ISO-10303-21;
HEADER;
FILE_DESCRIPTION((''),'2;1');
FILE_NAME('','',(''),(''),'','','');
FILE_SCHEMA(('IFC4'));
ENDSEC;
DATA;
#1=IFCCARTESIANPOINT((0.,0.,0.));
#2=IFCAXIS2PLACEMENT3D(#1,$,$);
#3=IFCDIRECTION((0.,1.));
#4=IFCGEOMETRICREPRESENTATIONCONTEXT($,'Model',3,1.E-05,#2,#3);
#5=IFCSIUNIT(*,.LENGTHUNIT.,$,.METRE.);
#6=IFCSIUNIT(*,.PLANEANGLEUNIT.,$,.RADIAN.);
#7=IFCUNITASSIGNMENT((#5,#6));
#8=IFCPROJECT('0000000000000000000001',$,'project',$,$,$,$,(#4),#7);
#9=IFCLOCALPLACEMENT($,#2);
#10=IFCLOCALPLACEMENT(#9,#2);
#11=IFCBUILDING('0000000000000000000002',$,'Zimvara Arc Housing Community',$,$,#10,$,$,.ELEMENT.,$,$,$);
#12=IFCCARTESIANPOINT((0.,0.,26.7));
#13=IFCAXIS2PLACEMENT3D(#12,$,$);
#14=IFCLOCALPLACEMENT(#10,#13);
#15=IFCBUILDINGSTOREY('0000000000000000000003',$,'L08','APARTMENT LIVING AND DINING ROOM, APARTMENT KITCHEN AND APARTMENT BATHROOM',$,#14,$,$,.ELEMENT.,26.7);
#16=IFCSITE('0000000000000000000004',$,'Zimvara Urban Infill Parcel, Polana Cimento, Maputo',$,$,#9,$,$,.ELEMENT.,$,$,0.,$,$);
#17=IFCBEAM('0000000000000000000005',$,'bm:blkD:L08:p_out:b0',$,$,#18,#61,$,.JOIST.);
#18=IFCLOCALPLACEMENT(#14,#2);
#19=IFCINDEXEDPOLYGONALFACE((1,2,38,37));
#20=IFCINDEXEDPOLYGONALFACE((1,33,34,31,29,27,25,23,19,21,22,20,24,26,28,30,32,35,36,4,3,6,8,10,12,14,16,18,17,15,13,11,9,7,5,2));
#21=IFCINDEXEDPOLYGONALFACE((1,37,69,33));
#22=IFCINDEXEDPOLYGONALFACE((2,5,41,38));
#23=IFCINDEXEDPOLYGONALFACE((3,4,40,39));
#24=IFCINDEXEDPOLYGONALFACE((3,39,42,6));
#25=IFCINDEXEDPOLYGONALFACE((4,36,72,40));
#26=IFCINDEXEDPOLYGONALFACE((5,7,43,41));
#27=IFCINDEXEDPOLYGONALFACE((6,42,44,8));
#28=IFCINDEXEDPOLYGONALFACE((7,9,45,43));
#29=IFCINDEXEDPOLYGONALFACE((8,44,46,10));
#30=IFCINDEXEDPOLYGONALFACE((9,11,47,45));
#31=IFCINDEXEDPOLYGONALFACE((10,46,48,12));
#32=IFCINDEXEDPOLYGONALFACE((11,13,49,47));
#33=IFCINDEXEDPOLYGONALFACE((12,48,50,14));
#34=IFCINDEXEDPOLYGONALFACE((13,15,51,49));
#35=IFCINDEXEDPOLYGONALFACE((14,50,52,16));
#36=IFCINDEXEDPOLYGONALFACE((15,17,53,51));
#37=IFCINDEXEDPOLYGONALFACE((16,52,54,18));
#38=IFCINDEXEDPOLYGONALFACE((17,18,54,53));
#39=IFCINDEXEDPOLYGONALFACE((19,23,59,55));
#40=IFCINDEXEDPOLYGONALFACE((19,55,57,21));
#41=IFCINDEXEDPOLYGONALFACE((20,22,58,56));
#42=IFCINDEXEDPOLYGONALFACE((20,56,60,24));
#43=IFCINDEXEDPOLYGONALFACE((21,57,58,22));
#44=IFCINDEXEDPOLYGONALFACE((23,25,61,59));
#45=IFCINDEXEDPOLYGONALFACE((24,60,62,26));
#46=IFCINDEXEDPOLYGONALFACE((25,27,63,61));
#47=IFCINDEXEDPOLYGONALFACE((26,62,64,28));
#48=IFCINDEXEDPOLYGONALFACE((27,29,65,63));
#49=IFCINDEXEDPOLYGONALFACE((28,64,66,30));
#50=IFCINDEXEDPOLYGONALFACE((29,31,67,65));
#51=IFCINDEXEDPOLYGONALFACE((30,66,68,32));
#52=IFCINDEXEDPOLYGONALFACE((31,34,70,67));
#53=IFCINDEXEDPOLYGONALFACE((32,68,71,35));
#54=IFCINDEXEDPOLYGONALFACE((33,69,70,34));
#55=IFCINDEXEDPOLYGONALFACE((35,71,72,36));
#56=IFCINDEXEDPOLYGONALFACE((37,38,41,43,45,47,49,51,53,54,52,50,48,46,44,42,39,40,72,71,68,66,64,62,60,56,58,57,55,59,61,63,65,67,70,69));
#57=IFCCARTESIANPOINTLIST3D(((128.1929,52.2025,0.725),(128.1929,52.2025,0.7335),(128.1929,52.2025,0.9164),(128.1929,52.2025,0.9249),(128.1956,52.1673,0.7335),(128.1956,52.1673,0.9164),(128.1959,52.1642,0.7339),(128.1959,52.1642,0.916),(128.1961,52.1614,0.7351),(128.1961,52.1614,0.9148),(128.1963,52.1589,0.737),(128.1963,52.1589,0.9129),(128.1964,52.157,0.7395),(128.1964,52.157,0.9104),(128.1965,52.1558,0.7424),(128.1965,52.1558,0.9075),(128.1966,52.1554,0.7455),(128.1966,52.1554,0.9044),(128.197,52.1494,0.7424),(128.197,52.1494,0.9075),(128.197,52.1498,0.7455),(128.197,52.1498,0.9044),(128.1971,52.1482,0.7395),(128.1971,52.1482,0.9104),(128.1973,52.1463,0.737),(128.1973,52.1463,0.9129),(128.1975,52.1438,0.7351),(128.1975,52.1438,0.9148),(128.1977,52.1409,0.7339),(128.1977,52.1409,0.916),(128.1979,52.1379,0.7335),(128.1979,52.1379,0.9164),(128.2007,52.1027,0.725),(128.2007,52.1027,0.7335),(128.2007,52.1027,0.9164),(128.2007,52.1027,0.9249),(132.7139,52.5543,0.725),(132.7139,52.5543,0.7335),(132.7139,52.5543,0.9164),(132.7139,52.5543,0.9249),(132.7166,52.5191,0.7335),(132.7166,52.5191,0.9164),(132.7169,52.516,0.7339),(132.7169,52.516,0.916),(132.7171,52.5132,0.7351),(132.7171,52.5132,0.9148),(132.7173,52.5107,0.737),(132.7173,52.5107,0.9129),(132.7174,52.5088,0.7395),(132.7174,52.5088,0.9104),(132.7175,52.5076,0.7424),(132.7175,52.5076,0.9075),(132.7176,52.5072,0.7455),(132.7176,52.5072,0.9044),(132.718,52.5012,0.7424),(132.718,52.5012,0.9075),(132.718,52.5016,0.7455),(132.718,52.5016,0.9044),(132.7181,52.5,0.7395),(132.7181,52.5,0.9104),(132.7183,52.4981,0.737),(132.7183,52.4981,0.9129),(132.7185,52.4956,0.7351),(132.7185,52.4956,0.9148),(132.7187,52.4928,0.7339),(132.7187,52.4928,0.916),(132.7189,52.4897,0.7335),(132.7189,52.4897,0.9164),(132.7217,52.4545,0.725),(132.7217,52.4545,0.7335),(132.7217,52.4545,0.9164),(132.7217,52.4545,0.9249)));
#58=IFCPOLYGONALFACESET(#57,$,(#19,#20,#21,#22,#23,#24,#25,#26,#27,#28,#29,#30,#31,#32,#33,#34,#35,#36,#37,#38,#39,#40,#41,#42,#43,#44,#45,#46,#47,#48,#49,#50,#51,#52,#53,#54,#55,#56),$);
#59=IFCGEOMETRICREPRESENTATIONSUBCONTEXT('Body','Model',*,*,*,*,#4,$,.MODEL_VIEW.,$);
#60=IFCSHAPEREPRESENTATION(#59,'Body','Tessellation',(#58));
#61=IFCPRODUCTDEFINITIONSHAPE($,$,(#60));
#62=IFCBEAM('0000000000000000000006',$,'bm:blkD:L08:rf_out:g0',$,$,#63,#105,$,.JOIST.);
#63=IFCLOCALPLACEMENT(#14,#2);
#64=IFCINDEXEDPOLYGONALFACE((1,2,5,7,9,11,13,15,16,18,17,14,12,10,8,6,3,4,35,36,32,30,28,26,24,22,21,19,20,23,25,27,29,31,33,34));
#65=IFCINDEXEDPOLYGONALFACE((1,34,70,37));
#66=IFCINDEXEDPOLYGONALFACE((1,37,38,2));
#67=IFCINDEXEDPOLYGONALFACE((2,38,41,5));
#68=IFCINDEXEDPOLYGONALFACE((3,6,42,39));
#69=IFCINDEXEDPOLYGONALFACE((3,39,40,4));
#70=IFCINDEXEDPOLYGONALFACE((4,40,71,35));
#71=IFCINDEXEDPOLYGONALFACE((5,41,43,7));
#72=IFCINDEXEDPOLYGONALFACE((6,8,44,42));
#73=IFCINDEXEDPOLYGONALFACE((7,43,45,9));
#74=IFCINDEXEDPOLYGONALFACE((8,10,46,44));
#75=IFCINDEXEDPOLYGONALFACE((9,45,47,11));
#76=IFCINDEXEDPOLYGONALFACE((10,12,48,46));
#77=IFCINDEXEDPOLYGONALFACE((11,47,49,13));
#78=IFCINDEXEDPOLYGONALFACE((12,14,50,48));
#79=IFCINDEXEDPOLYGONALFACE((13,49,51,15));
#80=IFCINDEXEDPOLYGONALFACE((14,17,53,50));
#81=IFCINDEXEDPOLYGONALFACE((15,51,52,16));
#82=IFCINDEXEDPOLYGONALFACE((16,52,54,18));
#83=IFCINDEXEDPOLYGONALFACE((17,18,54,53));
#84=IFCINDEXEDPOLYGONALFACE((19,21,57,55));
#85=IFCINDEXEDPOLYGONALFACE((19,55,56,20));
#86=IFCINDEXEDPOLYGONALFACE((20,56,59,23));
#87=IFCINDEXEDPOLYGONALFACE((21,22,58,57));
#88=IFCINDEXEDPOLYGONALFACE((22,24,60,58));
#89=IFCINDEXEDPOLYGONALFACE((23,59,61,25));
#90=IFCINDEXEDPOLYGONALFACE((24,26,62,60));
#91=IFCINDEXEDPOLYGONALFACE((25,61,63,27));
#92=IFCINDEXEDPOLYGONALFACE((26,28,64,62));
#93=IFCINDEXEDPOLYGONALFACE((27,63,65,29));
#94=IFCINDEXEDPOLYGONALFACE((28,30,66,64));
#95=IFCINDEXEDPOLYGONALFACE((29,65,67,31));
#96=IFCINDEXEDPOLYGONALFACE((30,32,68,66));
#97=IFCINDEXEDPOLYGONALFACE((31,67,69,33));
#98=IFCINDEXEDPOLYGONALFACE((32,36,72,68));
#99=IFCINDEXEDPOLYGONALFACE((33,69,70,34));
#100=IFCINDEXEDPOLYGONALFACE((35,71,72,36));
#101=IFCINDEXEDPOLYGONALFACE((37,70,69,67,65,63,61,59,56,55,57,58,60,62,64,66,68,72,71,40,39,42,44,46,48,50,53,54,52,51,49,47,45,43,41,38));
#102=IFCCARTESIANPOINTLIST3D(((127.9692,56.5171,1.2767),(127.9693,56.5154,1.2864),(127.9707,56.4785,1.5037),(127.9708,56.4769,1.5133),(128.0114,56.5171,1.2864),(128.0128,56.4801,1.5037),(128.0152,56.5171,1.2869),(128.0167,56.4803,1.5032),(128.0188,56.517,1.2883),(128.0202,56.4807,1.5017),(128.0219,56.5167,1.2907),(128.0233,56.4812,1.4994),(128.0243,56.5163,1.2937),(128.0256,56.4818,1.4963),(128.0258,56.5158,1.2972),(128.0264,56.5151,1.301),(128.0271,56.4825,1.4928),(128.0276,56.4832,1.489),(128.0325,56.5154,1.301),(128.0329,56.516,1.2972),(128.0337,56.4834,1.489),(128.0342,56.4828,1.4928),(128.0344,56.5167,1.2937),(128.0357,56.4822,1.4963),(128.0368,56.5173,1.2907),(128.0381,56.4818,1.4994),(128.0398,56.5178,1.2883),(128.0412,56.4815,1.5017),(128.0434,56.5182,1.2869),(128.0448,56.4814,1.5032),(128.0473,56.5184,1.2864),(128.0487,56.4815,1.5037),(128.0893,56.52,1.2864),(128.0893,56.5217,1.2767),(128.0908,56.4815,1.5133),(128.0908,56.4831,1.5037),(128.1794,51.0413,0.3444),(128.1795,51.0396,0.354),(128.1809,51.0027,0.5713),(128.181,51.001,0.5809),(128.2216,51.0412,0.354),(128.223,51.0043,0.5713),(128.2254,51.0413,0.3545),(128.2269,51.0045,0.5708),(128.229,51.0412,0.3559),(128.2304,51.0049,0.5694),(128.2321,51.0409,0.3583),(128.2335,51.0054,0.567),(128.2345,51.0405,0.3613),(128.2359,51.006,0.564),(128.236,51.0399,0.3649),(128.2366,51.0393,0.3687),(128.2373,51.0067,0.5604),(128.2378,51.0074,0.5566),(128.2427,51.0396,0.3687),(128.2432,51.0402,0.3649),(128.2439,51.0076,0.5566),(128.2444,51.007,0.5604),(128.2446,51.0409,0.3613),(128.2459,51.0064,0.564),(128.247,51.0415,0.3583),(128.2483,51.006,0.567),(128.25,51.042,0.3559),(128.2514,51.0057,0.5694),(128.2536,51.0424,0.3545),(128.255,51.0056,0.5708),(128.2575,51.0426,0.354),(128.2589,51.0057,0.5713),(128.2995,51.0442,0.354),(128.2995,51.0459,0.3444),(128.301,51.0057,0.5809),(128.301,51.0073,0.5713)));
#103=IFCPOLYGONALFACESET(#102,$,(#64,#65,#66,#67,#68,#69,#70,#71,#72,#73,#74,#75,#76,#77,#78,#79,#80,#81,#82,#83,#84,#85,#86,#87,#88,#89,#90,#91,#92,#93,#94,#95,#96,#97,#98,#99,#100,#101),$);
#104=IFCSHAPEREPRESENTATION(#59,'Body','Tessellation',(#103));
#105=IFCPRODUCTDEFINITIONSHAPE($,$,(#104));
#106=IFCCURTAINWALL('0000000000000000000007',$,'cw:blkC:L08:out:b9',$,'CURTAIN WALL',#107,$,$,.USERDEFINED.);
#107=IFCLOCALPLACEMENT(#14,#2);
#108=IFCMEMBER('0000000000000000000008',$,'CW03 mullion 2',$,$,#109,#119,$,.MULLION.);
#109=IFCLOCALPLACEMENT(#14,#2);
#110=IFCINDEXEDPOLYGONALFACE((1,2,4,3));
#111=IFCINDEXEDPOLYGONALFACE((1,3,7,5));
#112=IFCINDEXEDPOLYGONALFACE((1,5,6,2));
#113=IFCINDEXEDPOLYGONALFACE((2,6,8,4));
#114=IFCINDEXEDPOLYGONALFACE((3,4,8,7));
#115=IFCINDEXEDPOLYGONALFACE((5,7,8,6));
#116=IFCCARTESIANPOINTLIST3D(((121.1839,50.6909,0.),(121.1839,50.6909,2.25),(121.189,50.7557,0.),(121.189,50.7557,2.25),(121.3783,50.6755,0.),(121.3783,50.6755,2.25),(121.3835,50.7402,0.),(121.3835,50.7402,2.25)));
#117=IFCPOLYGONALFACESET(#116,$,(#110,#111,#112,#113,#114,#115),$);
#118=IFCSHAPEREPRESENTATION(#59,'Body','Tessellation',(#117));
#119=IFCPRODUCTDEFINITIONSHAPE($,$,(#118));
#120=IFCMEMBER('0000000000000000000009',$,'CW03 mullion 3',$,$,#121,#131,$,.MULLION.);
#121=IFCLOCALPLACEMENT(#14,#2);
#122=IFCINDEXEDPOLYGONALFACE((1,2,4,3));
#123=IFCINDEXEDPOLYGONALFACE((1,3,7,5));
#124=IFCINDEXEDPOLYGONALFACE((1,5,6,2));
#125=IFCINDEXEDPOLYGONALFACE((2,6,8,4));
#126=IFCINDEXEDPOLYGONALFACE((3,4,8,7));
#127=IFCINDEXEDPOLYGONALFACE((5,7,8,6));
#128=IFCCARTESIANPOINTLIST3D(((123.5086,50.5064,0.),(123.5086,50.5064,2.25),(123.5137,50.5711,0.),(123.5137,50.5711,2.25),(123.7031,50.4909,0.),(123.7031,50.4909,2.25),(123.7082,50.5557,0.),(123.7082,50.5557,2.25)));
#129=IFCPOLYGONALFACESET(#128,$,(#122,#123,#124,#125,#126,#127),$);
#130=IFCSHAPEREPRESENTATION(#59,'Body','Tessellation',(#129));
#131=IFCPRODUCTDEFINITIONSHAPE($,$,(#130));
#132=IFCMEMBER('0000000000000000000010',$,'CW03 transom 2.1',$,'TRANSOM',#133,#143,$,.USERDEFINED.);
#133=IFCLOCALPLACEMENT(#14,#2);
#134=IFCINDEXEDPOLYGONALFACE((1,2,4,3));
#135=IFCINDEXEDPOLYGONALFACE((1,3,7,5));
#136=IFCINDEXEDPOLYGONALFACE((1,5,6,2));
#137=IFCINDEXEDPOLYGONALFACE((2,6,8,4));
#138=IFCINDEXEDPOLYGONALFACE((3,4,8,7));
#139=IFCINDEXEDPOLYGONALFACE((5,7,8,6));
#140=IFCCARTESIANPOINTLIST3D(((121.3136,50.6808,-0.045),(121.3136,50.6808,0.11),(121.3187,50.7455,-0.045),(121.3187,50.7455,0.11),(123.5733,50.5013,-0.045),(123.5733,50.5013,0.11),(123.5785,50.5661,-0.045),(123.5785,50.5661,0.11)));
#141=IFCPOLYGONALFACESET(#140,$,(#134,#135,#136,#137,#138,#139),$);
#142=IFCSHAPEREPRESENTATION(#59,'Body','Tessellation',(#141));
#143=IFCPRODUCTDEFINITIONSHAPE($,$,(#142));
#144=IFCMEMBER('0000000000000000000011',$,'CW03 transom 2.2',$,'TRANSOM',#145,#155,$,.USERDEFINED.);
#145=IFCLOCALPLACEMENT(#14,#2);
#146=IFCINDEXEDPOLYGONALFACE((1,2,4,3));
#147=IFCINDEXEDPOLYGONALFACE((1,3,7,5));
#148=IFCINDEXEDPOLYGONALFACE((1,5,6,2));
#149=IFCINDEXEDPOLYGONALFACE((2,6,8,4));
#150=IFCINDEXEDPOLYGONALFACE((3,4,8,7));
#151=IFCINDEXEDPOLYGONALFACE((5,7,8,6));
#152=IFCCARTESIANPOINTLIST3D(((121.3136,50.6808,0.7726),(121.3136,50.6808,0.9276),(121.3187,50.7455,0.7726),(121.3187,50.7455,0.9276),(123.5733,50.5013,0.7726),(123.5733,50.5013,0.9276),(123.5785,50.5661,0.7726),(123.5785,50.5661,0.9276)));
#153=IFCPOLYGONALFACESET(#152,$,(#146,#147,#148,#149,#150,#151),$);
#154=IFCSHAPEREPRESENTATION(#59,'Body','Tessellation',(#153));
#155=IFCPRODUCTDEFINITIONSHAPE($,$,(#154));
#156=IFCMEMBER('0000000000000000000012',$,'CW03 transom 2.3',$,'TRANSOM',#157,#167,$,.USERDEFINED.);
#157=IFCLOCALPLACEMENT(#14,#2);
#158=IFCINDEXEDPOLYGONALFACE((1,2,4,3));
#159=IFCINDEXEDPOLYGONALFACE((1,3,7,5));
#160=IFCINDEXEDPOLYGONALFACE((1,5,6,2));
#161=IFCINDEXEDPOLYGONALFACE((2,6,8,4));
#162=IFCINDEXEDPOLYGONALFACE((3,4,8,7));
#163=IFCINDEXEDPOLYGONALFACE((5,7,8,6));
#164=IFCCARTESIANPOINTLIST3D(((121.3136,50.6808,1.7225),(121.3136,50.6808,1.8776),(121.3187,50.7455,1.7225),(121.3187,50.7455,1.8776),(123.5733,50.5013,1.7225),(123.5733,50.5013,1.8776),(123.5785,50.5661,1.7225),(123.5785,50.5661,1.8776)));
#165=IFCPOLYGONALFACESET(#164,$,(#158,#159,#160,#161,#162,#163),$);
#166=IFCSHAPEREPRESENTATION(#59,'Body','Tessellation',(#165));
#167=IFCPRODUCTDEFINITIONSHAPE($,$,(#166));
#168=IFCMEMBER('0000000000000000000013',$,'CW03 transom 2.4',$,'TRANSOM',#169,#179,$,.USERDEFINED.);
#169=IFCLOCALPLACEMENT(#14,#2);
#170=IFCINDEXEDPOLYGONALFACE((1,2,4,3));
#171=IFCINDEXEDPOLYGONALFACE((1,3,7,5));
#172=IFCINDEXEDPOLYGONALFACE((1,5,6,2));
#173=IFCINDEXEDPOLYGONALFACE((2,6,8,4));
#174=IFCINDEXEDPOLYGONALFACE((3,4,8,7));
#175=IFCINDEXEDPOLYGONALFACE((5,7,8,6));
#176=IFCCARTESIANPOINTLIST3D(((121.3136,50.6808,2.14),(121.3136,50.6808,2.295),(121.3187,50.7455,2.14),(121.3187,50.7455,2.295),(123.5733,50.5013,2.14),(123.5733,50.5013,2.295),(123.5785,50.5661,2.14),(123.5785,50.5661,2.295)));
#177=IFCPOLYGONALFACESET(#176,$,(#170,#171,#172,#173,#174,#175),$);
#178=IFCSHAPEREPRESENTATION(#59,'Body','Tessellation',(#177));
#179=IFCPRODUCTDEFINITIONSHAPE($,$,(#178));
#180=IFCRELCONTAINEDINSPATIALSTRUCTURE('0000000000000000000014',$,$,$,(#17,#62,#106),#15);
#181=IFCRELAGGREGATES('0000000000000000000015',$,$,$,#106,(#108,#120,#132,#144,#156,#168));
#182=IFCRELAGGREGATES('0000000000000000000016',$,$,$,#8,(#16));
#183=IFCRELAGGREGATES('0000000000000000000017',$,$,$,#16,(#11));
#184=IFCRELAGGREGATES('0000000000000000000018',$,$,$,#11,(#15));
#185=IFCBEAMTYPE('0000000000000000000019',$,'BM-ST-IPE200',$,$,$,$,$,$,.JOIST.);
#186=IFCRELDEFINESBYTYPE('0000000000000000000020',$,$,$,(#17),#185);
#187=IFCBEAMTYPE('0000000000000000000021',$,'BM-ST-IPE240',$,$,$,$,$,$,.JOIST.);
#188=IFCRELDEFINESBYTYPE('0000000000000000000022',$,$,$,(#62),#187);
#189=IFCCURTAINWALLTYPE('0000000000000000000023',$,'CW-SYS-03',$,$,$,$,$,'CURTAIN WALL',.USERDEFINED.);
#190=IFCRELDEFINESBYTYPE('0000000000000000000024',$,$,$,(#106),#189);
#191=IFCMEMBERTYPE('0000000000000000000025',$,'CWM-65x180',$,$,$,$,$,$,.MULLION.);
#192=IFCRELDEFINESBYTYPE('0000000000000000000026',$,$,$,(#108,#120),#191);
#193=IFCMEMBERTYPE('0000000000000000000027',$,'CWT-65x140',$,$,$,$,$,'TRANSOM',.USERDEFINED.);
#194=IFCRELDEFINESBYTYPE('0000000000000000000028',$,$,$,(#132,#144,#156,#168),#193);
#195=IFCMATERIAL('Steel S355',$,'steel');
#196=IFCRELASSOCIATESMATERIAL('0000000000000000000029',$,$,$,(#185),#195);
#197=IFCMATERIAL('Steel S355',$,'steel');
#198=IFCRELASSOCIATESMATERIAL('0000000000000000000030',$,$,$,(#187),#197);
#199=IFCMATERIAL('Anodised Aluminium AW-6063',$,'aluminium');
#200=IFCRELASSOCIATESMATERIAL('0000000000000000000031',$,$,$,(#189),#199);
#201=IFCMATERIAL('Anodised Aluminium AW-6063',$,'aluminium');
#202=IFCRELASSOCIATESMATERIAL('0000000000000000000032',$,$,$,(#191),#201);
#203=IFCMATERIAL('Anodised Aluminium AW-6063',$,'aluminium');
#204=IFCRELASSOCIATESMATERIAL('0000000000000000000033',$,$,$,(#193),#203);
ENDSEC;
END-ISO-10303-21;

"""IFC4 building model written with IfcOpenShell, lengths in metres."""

from ifc_helpers import new_model, si_unit, direction, frame, origin, origin_2d, place, context, subcontext, project, spatial, rectangle, i_section, extrude, material, material_profile, profile_set, type_object, element, aggregate, save


model = new_model("IFC4")

# Units and contexts
model_context = context("Model", 3, precision=1e-05, world=origin(), true_north=direction((0.0, 1.0)))
body_context = subcontext(model_context, "Body", "Model", "MODEL_VIEW")
ifc_project = project(units=[si_unit("LENGTHUNIT", "METRE"), si_unit("PLANEANGLEUNIT", "RADIAN")], contexts=[model_context])

# Site, building, storey
site_placement = place(None, origin())
site = spatial("IfcSite", under=ifc_project, at=site_placement, Name="Zimvara Urban Infill Parcel, Polana Cimento, Maputo", CompositionType="ELEMENT", RefElevation=0.0)
building_placement = place(site_placement, origin())
building = spatial("IfcBuilding", under=site, at=building_placement, Name="Zimvara Arc Housing Community", CompositionType="ELEMENT")
storey_placement = place(building_placement, frame((0.0, 0.0, 26.7)))
storey = spatial("IfcBuildingStorey", under=building, at=storey_placement, Name="L08", Description="APARTMENT LIVING AND DINING ROOM, APARTMENT KITCHEN AND APARTMENT BATHROOM", CompositionType="ELEMENT", Elevation=26.7)

# Beams
ifc_material_1 = material(Name="Steel S355", Category="steel")
ifc_material_profile_1 = material_profile(ifc_material_1, i_section(OverallWidth=0.1001, OverallDepth=0.2, WebThickness=0.0056, FlangeThickness=0.0085, FilletRadius=0.012, at=origin_2d()), Name="IPE 200")
ifc_profile_set_1 = profile_set([ifc_material_profile_1], Name="Steel S355")
beam_type_1 = type_object("IfcBeamType", Name="BM-ST-IPE200", PredefinedType="JOIST", material=ifc_profile_set_1)
beam_1_placement = place(storey_placement, frame((128.1968, 52.1526, 0.825), z_axis=(0.996986, 0.077582, 0.0), x_axis=(-0.077582, 0.996986, 0.0)))
element("IfcBeam", 1, at=beam_1_placement, inside=storey, type_object=beam_type_1, Name="bm:blkD:L08:p_out:b0", PredefinedType="JOIST", context=body_context, shape_type="SweptSolid", body=[
    extrude(i_section(OverallWidth=0.1001, OverallDepth=0.2, WebThickness=0.0056, FlangeThickness=0.0085, FilletRadius=0.012, at=origin_2d()), origin(), (0.0, 0.0, 1.0), 4.5347),
])
ifc_material_2 = material(Name="Steel S355", Category="steel")
ifc_material_profile_2 = material_profile(ifc_material_2, i_section(OverallWidth=0.1201, OverallDepth=0.24, WebThickness=0.0061, FlangeThickness=0.0098, FilletRadius=0.0149, at=origin_2d()), Name="IPE 240")
ifc_profile_set_2 = profile_set([ifc_material_profile_2], Name="Steel S355")
beam_type_2 = type_object("IfcBeamType", Name="BM-ST-IPE240", PredefinedType="JOIST", material=ifc_profile_set_2)
beam_2_placement = place(storey_placement, frame((128.03, 56.4993, 1.395), z_axis=(0.037816, -0.985107, -0.167735), x_axis=(0.999264, 0.03836, 0.0)))
element("IfcBeam", 2, at=beam_2_placement, inside=storey, type_object=beam_type_2, Name="bm:blkD:L08:rf_out:g0", PredefinedType="JOIST", context=body_context, shape_type="SweptSolid", body=[
    extrude(i_section(OverallWidth=0.1201, OverallDepth=0.24, WebThickness=0.0061, FlangeThickness=0.0098, FilletRadius=0.0149, at=origin_2d()), origin(), (0.0, 0.0, 1.0), 5.5586),
])

# Curtain wall, members
ifc_material_3 = material(Name="Anodised Aluminium AW-6063", Category="aluminium")
curtain_wall_type = type_object("IfcCurtainWallType", Name="CW-SYS-03", ElementType="CURTAIN WALL", PredefinedType="USERDEFINED", material=ifc_material_3)
curtain_wall_placement = place(storey_placement, origin())
curtain_wall = element("IfcCurtainWall", 3, at=curtain_wall_placement, inside=storey, type_object=curtain_wall_type, Name="cw:blkC:L08:out:b9", ObjectType="CURTAIN WALL", PredefinedType="USERDEFINED")
ifc_material_4 = material(Name="Anodised Aluminium AW-6063", Category="aluminium")
ifc_material_profile_3 = material_profile(ifc_material_4, rectangle(XDim=0.0649, YDim=0.1951, at=origin_2d()), Name="ALU 65x195")
ifc_profile_set_3 = profile_set([ifc_material_profile_3], Name="Anodised Aluminium AW-6063")
member_type_1 = type_object("IfcMemberType", Name="CWM-65x180", PredefinedType="MULLION", material=ifc_profile_set_3)
member_1_placement = place(storey_placement, frame((121.2837, 50.7156, 0.0), z_axis=(0.0, 0.0, 1.0), x_axis=(0.079154, 0.996862, 0.0)))
member_1 = element("IfcMember", 4, at=member_1_placement, type_object=member_type_1, Name="CW03 mullion 2", PredefinedType="MULLION", context=body_context, shape_type="SweptSolid", body=[
    extrude(rectangle(XDim=0.0649, YDim=0.1951, at=origin_2d()), origin(), (0.0, 0.0, 1.0), 2.25),
])
member_2_placement = place(storey_placement, frame((123.6084, 50.531, 0.0), z_axis=(0.0, 0.0, 1.0), x_axis=(0.079154, 0.996862, 0.0)))
member_2 = element("IfcMember", 5, at=member_2_placement, type_object=member_type_1, Name="CW03 mullion 3", PredefinedType="MULLION", context=body_context, shape_type="SweptSolid", body=[
    extrude(rectangle(XDim=0.0649, YDim=0.1951, at=origin_2d()), origin(), (0.0, 0.0, 1.0), 2.25),
])
ifc_material_5 = material(Name="Anodised Aluminium AW-6063", Category="aluminium")
ifc_material_profile_4 = material_profile(ifc_material_5, rectangle(XDim=0.0649, YDim=0.155, at=origin_2d()), Name="ALU 65x155")
ifc_profile_set_4 = profile_set([ifc_material_profile_4], Name="Anodised Aluminium AW-6063")
member_type_2 = type_object("IfcMemberType", Name="CWT-65x140", ElementType="TRANSOM", PredefinedType="USERDEFINED", material=ifc_profile_set_4)
member_3_placement = place(storey_placement, frame((121.3162, 50.7131, 0.0325), z_axis=(0.996862, -0.079159, 0.0), x_axis=(0.079159, 0.996862, 0.0)))
member_3 = element("IfcMember", 6, at=member_3_placement, type_object=member_type_2, Name="CW03 transom 2.1", ObjectType="TRANSOM", PredefinedType="USERDEFINED", context=body_context, shape_type="SweptSolid", body=[
    extrude(rectangle(XDim=0.0649, YDim=0.155, at=origin_2d()), origin(), (0.0, 0.0, 1.0), 2.2668),
])
member_4_placement = place(storey_placement, frame((121.3162, 50.7131, 0.8501), z_axis=(0.996862, -0.079159, 0.0), x_axis=(0.079159, 0.996862, 0.0)))
member_4 = element("IfcMember", 7, at=member_4_placement, type_object=member_type_2, Name="CW03 transom 2.2", ObjectType="TRANSOM", PredefinedType="USERDEFINED", context=body_context, shape_type="SweptSolid", body=[
    extrude(rectangle(XDim=0.0649, YDim=0.155, at=origin_2d()), origin(), (0.0, 0.0, 1.0), 2.2668),
])
member_5_placement = place(storey_placement, frame((121.3162, 50.7131, 1.8), z_axis=(0.996862, -0.079159, 0.0), x_axis=(0.079159, 0.996862, 0.0)))
member_5 = element("IfcMember", 8, at=member_5_placement, type_object=member_type_2, Name="CW03 transom 2.3", ObjectType="TRANSOM", PredefinedType="USERDEFINED", context=body_context, shape_type="SweptSolid", body=[
    extrude(rectangle(XDim=0.0649, YDim=0.155, at=origin_2d()), origin(), (0.0, 0.0, 1.0), 2.2668),
])
member_6_placement = place(storey_placement, frame((121.3162, 50.7131, 2.2175), z_axis=(0.996862, -0.079159, 0.0), x_axis=(0.079159, 0.996862, 0.0)))
member_6 = element("IfcMember", 9, at=member_6_placement, type_object=member_type_2, Name="CW03 transom 2.4", ObjectType="TRANSOM", PredefinedType="USERDEFINED", context=body_context, shape_type="SweptSolid", body=[
    extrude(rectangle(XDim=0.0649, YDim=0.155, at=origin_2d()), origin(), (0.0, 0.0, 1.0), 2.2668),
])

aggregate(curtain_wall, [member_1, member_2, member_3, member_4, member_5, member_6])

save(model, "model.ifc")
